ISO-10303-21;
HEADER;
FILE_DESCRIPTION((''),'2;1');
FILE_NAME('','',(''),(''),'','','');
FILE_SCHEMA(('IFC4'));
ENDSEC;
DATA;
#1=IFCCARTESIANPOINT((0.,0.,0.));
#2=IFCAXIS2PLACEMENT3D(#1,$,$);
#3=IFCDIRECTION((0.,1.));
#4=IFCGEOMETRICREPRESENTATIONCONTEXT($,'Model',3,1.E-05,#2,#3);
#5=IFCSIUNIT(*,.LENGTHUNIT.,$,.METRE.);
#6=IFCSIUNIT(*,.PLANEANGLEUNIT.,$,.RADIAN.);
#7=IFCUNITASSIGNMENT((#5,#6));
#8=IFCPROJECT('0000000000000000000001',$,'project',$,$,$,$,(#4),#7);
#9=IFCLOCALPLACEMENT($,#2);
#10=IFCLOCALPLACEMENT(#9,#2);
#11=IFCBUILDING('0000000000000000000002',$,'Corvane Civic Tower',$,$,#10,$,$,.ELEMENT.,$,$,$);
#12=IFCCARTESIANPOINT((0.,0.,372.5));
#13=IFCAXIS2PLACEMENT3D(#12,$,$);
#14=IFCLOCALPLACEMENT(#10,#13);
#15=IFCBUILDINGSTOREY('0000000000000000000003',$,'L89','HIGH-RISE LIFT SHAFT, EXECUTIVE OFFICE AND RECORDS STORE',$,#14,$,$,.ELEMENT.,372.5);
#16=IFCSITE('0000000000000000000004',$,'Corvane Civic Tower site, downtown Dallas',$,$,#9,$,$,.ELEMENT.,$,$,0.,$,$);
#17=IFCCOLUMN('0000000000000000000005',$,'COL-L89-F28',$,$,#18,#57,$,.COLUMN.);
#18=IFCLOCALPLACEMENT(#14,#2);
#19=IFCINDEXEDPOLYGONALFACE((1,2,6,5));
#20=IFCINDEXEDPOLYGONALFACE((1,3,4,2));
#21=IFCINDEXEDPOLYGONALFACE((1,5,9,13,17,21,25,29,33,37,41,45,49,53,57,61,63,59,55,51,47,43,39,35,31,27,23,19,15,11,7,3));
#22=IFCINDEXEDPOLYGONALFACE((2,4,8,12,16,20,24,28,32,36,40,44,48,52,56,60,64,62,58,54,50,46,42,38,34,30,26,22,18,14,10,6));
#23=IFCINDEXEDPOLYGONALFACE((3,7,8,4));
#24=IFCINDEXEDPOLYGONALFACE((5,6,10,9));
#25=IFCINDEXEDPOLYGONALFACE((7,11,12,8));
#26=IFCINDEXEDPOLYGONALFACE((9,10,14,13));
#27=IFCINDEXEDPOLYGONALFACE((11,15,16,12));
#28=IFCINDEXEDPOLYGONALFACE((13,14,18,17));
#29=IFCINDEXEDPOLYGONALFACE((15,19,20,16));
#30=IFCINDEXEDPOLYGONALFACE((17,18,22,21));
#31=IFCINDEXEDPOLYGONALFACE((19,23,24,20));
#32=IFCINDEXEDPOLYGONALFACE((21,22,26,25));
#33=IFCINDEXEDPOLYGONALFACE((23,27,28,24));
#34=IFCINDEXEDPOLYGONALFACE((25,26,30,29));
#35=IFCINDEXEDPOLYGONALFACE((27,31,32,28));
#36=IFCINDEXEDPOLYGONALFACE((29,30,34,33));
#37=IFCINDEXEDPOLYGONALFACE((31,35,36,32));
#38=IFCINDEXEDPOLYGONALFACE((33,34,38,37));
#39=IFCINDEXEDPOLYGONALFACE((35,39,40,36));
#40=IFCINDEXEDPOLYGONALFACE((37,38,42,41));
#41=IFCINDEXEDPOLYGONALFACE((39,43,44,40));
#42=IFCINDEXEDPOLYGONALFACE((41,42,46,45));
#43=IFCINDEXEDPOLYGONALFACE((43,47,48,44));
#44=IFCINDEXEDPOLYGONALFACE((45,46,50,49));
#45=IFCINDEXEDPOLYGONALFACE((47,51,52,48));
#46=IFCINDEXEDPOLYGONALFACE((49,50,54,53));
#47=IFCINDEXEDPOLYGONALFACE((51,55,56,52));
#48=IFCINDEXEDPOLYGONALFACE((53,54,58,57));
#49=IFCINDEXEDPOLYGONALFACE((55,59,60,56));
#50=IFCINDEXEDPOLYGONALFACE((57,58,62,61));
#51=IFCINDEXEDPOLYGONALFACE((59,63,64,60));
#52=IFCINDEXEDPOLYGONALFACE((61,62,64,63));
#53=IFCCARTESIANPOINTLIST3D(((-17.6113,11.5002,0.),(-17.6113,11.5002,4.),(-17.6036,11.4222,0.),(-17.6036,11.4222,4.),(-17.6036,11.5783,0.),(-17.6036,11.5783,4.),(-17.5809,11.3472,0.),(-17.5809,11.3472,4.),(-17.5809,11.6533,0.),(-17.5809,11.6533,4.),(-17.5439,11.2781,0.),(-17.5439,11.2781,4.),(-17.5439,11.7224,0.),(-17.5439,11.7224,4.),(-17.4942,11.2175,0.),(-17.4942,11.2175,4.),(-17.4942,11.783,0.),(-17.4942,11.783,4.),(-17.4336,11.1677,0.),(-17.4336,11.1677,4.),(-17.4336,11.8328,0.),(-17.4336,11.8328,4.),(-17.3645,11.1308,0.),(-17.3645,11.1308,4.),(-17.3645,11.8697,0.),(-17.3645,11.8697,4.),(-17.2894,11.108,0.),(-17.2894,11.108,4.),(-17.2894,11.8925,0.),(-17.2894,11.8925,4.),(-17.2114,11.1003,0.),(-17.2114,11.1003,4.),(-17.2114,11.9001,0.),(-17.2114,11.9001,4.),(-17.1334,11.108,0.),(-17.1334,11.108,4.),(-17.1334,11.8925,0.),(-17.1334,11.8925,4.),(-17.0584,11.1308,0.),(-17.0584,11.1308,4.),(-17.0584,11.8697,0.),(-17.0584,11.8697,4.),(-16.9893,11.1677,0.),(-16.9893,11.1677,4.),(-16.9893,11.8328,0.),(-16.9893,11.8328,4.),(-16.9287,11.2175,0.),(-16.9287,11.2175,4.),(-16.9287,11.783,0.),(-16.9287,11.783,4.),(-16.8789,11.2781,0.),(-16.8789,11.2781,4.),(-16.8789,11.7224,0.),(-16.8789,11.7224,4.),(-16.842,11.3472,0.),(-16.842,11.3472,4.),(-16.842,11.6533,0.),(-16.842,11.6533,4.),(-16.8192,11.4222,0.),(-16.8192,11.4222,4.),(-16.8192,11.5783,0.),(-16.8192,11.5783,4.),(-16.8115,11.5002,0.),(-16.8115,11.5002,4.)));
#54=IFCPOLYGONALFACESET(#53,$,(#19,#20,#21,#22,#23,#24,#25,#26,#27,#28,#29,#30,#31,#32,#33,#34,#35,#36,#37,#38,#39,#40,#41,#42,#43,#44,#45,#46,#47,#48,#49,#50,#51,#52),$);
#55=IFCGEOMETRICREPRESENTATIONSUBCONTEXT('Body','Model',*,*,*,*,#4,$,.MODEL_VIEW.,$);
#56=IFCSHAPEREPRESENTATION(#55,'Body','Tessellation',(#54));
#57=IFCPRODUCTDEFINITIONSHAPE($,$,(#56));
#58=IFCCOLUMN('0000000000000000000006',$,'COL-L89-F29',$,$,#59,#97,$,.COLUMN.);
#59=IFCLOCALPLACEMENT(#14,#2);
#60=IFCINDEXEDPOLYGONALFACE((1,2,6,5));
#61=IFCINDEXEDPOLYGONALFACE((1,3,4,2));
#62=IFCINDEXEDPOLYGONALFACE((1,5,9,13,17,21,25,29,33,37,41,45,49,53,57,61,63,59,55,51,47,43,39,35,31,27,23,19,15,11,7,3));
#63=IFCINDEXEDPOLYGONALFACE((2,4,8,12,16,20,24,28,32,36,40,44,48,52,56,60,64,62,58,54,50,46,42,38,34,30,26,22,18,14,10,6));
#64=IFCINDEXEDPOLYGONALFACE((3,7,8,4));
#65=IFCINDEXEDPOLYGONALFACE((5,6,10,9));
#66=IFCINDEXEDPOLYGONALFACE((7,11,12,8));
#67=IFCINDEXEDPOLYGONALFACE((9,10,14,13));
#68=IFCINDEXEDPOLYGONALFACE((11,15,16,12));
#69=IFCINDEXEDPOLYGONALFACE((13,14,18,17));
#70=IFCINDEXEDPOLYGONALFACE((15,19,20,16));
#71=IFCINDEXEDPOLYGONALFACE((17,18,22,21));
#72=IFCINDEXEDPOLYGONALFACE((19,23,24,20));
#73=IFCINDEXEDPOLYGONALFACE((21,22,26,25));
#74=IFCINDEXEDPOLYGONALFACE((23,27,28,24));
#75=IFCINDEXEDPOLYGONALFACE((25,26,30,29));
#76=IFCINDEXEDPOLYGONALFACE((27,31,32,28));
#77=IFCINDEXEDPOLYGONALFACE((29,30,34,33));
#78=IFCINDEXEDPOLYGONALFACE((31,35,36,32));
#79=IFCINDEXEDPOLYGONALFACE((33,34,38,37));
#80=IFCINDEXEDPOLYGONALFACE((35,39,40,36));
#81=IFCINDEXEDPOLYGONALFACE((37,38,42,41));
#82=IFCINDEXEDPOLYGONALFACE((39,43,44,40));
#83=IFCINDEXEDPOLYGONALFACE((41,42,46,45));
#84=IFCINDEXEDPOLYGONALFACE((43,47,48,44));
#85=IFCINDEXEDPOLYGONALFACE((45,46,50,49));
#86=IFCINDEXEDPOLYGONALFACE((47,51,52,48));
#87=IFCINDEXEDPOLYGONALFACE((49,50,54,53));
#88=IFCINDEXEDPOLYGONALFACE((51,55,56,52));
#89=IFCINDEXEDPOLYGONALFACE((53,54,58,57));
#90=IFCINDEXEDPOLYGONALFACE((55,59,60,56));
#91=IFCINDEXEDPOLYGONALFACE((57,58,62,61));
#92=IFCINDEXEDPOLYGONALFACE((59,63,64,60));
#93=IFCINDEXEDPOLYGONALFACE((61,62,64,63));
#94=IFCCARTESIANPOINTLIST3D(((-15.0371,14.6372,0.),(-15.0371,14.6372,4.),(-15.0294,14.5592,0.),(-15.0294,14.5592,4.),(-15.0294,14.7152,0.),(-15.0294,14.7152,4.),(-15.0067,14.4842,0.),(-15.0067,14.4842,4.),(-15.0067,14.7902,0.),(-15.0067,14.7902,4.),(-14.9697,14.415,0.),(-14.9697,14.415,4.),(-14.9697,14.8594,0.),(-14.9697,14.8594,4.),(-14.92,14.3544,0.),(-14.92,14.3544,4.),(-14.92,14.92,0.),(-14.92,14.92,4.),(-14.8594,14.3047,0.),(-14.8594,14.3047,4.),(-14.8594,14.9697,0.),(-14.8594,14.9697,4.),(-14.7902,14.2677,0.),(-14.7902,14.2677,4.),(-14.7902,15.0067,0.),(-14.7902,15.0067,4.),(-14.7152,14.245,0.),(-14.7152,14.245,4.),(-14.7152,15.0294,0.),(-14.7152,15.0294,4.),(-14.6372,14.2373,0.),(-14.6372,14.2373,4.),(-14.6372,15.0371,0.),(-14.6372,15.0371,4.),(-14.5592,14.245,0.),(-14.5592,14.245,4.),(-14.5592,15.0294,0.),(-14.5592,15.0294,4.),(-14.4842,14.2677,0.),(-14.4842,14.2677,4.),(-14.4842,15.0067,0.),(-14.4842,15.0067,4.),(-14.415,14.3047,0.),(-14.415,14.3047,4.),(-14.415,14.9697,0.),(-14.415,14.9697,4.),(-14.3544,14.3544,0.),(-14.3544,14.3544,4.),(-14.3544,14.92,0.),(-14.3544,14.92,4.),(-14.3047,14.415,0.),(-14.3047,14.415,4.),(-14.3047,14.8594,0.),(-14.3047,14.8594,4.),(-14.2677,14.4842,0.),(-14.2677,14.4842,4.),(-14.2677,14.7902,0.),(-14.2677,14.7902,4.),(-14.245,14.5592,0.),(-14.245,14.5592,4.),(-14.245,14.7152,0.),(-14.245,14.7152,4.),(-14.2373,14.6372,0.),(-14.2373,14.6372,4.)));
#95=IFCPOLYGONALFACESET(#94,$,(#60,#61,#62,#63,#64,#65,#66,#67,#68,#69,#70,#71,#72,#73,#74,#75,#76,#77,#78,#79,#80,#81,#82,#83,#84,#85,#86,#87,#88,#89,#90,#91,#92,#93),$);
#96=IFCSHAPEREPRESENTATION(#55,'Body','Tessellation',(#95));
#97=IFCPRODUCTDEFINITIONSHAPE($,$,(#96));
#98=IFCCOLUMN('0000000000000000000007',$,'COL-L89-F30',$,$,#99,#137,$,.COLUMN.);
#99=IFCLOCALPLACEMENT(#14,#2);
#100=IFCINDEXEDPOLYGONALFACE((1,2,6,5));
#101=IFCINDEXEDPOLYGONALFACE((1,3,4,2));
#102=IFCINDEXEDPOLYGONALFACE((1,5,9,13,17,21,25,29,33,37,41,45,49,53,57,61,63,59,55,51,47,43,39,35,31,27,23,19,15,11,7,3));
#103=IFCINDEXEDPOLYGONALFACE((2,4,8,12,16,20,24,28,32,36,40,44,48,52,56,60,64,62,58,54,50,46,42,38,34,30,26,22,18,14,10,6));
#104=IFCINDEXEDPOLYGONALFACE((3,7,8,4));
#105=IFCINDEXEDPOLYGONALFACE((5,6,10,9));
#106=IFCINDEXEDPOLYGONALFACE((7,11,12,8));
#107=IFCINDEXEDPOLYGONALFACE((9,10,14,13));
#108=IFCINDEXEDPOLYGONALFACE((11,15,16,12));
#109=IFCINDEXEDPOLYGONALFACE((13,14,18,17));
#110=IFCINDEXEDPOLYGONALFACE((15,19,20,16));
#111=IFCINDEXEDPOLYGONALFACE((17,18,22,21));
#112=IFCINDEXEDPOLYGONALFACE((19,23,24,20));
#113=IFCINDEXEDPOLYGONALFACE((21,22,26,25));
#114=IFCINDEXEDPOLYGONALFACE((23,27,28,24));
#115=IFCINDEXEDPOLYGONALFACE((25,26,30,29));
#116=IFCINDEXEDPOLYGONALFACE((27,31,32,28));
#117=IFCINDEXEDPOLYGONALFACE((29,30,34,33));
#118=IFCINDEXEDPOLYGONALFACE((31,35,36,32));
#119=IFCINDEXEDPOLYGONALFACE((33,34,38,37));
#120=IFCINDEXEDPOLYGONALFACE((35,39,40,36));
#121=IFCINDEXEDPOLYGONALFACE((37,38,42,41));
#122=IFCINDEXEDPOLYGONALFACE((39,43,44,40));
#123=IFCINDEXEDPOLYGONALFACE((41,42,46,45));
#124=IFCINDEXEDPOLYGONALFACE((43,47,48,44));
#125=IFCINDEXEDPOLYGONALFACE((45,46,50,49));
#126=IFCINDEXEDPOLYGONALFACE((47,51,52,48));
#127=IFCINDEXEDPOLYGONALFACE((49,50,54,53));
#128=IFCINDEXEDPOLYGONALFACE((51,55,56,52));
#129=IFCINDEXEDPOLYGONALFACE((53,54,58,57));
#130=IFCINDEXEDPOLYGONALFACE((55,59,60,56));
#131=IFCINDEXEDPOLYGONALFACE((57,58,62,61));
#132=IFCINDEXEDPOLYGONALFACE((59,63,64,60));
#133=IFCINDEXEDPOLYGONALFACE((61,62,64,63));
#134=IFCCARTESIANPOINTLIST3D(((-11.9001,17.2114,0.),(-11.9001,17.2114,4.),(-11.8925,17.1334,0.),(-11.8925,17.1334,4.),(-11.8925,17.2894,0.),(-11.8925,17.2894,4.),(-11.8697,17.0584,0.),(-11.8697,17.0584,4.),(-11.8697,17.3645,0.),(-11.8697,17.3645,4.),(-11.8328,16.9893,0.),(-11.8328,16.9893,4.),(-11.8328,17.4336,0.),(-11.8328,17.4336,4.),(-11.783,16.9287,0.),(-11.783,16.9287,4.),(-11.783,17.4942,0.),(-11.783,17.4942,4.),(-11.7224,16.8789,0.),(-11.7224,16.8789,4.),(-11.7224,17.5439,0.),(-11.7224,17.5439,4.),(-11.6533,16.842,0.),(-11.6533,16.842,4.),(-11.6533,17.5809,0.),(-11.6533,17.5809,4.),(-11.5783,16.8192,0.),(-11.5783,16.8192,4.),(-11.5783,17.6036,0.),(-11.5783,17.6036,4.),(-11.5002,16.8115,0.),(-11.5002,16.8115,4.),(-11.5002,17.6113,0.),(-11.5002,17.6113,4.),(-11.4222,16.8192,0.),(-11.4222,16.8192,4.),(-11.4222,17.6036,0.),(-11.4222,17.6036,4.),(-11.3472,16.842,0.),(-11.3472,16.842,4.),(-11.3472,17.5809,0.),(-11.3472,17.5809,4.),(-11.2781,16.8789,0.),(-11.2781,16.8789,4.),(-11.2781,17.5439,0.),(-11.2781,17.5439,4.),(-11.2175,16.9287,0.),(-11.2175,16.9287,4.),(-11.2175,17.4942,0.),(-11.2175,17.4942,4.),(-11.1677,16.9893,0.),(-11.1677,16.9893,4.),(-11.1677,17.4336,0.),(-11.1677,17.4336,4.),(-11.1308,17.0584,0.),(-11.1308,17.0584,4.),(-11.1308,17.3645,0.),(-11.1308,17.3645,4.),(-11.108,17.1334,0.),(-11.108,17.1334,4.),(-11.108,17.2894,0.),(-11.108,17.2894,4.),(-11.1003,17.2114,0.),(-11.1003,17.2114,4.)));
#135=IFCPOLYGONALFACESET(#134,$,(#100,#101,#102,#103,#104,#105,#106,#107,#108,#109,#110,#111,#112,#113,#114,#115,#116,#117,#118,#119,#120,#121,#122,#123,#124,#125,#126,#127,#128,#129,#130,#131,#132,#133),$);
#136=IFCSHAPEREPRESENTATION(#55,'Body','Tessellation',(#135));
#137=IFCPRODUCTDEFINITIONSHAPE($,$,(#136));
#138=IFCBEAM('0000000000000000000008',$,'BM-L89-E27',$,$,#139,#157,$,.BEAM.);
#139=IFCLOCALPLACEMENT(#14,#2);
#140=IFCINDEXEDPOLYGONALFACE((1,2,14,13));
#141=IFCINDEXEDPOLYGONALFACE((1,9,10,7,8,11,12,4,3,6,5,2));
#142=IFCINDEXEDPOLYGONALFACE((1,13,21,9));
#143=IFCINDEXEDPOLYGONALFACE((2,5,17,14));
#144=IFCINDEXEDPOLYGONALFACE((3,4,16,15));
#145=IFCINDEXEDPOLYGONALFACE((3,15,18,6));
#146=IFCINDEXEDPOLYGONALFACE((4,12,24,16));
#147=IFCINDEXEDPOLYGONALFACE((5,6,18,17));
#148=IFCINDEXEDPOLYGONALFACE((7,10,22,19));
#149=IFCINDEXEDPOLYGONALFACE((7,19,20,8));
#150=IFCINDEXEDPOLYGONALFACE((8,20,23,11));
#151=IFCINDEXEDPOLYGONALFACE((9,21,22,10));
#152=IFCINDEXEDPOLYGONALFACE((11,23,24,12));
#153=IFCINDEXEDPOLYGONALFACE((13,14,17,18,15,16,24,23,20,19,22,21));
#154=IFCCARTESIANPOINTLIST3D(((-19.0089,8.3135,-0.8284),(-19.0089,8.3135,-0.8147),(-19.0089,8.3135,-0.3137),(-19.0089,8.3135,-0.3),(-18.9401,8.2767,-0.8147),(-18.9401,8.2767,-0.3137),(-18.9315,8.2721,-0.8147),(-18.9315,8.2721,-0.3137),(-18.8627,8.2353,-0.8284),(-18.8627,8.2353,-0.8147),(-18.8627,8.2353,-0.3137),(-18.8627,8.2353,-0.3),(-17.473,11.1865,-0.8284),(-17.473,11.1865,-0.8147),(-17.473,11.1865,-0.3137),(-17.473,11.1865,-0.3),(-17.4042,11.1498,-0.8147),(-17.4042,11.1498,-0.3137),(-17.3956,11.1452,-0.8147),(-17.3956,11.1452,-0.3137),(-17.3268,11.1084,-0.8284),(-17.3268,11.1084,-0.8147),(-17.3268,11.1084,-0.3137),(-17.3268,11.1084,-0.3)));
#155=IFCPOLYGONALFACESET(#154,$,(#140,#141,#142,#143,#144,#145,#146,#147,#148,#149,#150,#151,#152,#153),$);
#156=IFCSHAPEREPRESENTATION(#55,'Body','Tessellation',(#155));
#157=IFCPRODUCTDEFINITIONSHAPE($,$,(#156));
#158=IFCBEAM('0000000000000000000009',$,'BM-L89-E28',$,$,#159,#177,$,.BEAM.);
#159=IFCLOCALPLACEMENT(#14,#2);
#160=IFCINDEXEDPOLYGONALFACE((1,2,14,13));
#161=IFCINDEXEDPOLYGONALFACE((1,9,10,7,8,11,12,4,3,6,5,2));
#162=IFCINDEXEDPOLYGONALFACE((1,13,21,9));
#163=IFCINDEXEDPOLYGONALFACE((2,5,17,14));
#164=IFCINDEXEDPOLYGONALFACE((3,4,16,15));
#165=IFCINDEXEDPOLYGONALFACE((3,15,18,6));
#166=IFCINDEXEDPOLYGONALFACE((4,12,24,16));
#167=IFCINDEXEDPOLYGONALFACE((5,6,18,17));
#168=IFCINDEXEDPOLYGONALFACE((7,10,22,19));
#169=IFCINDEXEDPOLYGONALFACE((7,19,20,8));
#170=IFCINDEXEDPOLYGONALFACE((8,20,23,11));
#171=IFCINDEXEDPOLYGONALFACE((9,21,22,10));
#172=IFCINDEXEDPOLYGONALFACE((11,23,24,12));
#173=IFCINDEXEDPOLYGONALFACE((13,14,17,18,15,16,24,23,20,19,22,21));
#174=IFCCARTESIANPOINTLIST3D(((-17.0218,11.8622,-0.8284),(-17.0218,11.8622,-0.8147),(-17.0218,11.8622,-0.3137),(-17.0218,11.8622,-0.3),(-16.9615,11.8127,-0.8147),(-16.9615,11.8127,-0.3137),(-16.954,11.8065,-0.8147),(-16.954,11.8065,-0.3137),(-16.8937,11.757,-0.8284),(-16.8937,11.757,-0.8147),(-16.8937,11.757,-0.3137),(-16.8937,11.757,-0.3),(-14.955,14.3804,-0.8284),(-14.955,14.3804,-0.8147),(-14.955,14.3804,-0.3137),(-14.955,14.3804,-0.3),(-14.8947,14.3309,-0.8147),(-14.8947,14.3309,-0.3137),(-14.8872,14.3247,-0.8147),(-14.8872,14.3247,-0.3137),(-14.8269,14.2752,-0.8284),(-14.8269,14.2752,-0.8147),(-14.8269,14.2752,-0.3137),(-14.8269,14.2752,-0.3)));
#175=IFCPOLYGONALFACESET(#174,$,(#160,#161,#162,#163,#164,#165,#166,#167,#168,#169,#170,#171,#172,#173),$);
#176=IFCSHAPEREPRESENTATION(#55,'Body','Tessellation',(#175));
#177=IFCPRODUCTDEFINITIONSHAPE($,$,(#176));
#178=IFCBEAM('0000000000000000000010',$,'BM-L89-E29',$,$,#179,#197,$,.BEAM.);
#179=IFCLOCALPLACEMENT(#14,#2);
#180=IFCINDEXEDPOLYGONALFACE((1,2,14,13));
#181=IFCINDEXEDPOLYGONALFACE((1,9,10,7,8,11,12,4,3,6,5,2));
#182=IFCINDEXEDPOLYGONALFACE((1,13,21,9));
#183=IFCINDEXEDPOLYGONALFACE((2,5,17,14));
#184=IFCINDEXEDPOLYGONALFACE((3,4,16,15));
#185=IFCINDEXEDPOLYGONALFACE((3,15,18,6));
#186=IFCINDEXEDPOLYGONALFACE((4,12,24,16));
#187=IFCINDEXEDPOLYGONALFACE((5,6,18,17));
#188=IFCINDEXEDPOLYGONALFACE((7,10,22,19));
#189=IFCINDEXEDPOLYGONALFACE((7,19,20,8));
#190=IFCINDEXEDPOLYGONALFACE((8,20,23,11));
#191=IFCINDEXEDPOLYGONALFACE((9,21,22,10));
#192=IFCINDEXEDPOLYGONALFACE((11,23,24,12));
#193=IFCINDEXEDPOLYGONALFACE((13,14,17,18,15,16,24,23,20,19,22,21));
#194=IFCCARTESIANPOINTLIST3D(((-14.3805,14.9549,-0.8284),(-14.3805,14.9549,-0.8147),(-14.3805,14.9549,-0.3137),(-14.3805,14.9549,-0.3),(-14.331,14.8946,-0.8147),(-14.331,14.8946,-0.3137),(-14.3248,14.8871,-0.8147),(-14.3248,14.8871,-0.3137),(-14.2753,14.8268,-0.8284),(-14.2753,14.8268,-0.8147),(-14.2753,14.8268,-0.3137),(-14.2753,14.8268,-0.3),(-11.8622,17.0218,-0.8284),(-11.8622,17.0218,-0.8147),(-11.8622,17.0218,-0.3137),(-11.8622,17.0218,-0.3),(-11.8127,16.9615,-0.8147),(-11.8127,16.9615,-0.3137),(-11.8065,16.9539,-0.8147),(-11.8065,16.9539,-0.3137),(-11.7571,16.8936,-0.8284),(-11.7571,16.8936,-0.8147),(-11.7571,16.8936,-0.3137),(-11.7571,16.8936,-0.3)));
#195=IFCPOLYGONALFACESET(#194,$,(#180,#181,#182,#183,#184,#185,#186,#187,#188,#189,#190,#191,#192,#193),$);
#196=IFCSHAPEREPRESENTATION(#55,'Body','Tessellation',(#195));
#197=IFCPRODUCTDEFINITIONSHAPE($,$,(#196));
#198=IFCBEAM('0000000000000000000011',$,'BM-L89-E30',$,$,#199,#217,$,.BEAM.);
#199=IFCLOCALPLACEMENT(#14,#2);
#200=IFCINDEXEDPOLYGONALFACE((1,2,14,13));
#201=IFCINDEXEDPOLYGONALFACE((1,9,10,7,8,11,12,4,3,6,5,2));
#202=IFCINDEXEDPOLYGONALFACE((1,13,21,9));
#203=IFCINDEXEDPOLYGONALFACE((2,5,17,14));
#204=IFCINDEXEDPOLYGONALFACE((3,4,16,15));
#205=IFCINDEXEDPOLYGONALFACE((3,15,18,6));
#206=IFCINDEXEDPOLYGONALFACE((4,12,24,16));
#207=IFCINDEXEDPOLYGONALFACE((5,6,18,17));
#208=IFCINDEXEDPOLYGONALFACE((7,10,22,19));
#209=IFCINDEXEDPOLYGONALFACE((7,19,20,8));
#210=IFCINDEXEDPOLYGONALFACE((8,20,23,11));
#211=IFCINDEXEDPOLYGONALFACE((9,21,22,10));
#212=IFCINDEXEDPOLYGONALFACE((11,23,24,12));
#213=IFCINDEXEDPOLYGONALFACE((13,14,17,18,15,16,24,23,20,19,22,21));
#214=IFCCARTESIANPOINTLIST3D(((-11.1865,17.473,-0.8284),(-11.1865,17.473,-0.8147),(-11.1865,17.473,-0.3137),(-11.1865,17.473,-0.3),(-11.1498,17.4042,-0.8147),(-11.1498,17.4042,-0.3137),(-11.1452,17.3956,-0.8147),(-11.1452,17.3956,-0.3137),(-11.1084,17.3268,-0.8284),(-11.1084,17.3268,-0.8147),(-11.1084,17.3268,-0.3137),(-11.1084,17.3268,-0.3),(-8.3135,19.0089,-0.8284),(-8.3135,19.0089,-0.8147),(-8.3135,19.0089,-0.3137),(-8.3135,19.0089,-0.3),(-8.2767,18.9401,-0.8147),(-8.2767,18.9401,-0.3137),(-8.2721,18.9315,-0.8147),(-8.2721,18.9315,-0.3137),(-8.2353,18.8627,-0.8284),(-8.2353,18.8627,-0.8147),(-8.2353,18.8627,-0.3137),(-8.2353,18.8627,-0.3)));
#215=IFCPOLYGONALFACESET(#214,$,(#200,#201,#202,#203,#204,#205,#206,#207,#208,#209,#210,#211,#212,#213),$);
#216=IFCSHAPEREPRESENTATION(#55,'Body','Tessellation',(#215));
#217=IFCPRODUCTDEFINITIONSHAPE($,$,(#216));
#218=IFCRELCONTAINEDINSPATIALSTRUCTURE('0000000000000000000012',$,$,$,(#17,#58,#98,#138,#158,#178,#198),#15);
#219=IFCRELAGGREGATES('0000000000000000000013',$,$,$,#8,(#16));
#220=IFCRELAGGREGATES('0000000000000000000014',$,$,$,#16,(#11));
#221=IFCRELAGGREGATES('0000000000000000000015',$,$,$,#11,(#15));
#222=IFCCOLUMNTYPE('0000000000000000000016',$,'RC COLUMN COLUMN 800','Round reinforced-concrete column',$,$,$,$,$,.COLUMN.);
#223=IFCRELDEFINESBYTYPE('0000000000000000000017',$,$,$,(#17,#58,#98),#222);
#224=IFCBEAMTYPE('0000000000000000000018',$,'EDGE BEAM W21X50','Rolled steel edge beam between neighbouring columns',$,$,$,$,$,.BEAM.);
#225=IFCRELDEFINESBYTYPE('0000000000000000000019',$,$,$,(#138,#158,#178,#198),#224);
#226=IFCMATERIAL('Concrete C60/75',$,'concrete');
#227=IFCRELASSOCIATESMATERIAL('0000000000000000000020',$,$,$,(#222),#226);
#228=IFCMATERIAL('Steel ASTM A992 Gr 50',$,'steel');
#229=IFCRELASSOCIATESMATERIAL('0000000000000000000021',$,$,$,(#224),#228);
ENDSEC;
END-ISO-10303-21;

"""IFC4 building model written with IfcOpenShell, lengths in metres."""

from ifc_helpers import new_model, si_unit, direction, frame, origin, origin_2d, place, context, subcontext, project, spatial, circle, i_section, extrude, material, material_profile, profile_set, type_object, element, save


model = new_model("IFC4")

# Units and contexts
model_context = context("Model", 3, precision=1e-05, world=origin(), true_north=direction((0.0, 1.0)))
body_context = subcontext(model_context, "Body", "Model", "MODEL_VIEW")
ifc_project = project(units=[si_unit("LENGTHUNIT", "METRE"), si_unit("PLANEANGLEUNIT", "RADIAN")], contexts=[model_context])

# Site, building, storey
site_placement = place(None, origin())
site = spatial("IfcSite", under=ifc_project, at=site_placement, Name="Corvane Civic Tower site, downtown Dallas", CompositionType="ELEMENT", RefElevation=0.0)
building_placement = place(site_placement, origin())
building = spatial("IfcBuilding", under=site, at=building_placement, Name="Corvane Civic Tower", CompositionType="ELEMENT")
storey_placement = place(building_placement, frame((0.0, 0.0, 372.5)))
storey = spatial("IfcBuildingStorey", under=building, at=storey_placement, Name="L89", Description="HIGH-RISE LIFT SHAFT, EXECUTIVE OFFICE AND RECORDS STORE", CompositionType="ELEMENT", Elevation=372.5)

# Columns
ifc_material_1 = material(Name="Concrete C60/75", Category="concrete")
ifc_material_profile_1 = material_profile(ifc_material_1, circle(Radius=0.3999, at=origin_2d()), Name="COLUMN 800")
ifc_profile_set_1 = profile_set([ifc_material_profile_1], Name="Concrete C60/75")
column_type = type_object("IfcColumnType", Name="RC COLUMN COLUMN 800", Description="Round reinforced-concrete column", PredefinedType="COLUMN", material=ifc_profile_set_1)
for number, where, z_axis, x_axis, name in (
    (1, (-17.2114, 11.5002, 0.0), (0.0, 0.0, 1.0), (1.0, 0.0, 0.0), "COL-L89-F28"),
    (2, (-14.6372, 14.6372, 0.0), (0.0, 0.0, 1.0), (1.0, 0.0, 0.0), "COL-L89-F29"),
    (3, (-11.5002, 17.2114, 0.0), (0.0, 0.0, 1.0), (1.0, 0.0, 0.0), "COL-L89-F30"),
):
    element("IfcColumn", number, at=place(storey_placement, frame(where, z_axis=z_axis, x_axis=x_axis)), inside=storey, type_object=column_type, Name=name, PredefinedType="COLUMN", context=body_context, shape_type="SweptSolid", body=[
        extrude(circle(Radius=0.3999, at=origin_2d()), origin(), (0.0, 0.0, 1.0), 4.0),
    ])

# Beams
ifc_material_2 = material(Name="Steel ASTM A992 Gr 50", Category="steel")
ifc_material_profile_2 = material_profile(ifc_material_2, i_section(OverallWidth=0.1658, OverallDepth=0.5283, WebThickness=0.0098, FlangeThickness=0.0137, at=origin_2d()), Name="W21X50")
ifc_profile_set_2 = profile_set([ifc_material_profile_2], Name="Steel ASTM A992 Gr 50")
beam_type_1 = type_object("IfcBeamType", Name="EDGE BEAM W21X50", Description="Rolled steel edge beam between neighbouring columns", PredefinedType="BEAM", material=ifc_profile_set_2)
for number, where, z_axis, x_axis, name in (
    (4, (-18.9358, 8.2744, -0.5642), (0.471448, 0.881894, 0.0), (-0.881894, 0.471448, 0.0), "BM-L89-E27"),
    (5, (-16.9578, 11.8096, -0.5642), (0.634425, 0.772985, 0.0), (-0.772985, 0.634425, 0.0), "BM-L89-E28"),
    (6, (-14.3279, 14.8909, -0.5642), (0.772985, 0.634425, 0.0), (-0.634425, 0.772985, 0.0), "BM-L89-E29"),
    (7, (-11.1475, 17.3999, -0.5642), (0.881894, 0.471448, 0.0), (-0.471448, 0.881894, 0.0), "BM-L89-E30"),
):
    element("IfcBeam", number, at=place(storey_placement, frame(where, z_axis=z_axis, x_axis=x_axis)), inside=storey, type_object=beam_type_1, Name=name, PredefinedType="BEAM", context=body_context, shape_type="SweptSolid", body=[
        extrude(i_section(OverallWidth=0.1658, OverallDepth=0.5283, WebThickness=0.0098, FlangeThickness=0.0137, at=origin_2d()), origin(), (0.0, 0.0, 1.0), 3.2578),
    ])

save(model, "model.ifc")
